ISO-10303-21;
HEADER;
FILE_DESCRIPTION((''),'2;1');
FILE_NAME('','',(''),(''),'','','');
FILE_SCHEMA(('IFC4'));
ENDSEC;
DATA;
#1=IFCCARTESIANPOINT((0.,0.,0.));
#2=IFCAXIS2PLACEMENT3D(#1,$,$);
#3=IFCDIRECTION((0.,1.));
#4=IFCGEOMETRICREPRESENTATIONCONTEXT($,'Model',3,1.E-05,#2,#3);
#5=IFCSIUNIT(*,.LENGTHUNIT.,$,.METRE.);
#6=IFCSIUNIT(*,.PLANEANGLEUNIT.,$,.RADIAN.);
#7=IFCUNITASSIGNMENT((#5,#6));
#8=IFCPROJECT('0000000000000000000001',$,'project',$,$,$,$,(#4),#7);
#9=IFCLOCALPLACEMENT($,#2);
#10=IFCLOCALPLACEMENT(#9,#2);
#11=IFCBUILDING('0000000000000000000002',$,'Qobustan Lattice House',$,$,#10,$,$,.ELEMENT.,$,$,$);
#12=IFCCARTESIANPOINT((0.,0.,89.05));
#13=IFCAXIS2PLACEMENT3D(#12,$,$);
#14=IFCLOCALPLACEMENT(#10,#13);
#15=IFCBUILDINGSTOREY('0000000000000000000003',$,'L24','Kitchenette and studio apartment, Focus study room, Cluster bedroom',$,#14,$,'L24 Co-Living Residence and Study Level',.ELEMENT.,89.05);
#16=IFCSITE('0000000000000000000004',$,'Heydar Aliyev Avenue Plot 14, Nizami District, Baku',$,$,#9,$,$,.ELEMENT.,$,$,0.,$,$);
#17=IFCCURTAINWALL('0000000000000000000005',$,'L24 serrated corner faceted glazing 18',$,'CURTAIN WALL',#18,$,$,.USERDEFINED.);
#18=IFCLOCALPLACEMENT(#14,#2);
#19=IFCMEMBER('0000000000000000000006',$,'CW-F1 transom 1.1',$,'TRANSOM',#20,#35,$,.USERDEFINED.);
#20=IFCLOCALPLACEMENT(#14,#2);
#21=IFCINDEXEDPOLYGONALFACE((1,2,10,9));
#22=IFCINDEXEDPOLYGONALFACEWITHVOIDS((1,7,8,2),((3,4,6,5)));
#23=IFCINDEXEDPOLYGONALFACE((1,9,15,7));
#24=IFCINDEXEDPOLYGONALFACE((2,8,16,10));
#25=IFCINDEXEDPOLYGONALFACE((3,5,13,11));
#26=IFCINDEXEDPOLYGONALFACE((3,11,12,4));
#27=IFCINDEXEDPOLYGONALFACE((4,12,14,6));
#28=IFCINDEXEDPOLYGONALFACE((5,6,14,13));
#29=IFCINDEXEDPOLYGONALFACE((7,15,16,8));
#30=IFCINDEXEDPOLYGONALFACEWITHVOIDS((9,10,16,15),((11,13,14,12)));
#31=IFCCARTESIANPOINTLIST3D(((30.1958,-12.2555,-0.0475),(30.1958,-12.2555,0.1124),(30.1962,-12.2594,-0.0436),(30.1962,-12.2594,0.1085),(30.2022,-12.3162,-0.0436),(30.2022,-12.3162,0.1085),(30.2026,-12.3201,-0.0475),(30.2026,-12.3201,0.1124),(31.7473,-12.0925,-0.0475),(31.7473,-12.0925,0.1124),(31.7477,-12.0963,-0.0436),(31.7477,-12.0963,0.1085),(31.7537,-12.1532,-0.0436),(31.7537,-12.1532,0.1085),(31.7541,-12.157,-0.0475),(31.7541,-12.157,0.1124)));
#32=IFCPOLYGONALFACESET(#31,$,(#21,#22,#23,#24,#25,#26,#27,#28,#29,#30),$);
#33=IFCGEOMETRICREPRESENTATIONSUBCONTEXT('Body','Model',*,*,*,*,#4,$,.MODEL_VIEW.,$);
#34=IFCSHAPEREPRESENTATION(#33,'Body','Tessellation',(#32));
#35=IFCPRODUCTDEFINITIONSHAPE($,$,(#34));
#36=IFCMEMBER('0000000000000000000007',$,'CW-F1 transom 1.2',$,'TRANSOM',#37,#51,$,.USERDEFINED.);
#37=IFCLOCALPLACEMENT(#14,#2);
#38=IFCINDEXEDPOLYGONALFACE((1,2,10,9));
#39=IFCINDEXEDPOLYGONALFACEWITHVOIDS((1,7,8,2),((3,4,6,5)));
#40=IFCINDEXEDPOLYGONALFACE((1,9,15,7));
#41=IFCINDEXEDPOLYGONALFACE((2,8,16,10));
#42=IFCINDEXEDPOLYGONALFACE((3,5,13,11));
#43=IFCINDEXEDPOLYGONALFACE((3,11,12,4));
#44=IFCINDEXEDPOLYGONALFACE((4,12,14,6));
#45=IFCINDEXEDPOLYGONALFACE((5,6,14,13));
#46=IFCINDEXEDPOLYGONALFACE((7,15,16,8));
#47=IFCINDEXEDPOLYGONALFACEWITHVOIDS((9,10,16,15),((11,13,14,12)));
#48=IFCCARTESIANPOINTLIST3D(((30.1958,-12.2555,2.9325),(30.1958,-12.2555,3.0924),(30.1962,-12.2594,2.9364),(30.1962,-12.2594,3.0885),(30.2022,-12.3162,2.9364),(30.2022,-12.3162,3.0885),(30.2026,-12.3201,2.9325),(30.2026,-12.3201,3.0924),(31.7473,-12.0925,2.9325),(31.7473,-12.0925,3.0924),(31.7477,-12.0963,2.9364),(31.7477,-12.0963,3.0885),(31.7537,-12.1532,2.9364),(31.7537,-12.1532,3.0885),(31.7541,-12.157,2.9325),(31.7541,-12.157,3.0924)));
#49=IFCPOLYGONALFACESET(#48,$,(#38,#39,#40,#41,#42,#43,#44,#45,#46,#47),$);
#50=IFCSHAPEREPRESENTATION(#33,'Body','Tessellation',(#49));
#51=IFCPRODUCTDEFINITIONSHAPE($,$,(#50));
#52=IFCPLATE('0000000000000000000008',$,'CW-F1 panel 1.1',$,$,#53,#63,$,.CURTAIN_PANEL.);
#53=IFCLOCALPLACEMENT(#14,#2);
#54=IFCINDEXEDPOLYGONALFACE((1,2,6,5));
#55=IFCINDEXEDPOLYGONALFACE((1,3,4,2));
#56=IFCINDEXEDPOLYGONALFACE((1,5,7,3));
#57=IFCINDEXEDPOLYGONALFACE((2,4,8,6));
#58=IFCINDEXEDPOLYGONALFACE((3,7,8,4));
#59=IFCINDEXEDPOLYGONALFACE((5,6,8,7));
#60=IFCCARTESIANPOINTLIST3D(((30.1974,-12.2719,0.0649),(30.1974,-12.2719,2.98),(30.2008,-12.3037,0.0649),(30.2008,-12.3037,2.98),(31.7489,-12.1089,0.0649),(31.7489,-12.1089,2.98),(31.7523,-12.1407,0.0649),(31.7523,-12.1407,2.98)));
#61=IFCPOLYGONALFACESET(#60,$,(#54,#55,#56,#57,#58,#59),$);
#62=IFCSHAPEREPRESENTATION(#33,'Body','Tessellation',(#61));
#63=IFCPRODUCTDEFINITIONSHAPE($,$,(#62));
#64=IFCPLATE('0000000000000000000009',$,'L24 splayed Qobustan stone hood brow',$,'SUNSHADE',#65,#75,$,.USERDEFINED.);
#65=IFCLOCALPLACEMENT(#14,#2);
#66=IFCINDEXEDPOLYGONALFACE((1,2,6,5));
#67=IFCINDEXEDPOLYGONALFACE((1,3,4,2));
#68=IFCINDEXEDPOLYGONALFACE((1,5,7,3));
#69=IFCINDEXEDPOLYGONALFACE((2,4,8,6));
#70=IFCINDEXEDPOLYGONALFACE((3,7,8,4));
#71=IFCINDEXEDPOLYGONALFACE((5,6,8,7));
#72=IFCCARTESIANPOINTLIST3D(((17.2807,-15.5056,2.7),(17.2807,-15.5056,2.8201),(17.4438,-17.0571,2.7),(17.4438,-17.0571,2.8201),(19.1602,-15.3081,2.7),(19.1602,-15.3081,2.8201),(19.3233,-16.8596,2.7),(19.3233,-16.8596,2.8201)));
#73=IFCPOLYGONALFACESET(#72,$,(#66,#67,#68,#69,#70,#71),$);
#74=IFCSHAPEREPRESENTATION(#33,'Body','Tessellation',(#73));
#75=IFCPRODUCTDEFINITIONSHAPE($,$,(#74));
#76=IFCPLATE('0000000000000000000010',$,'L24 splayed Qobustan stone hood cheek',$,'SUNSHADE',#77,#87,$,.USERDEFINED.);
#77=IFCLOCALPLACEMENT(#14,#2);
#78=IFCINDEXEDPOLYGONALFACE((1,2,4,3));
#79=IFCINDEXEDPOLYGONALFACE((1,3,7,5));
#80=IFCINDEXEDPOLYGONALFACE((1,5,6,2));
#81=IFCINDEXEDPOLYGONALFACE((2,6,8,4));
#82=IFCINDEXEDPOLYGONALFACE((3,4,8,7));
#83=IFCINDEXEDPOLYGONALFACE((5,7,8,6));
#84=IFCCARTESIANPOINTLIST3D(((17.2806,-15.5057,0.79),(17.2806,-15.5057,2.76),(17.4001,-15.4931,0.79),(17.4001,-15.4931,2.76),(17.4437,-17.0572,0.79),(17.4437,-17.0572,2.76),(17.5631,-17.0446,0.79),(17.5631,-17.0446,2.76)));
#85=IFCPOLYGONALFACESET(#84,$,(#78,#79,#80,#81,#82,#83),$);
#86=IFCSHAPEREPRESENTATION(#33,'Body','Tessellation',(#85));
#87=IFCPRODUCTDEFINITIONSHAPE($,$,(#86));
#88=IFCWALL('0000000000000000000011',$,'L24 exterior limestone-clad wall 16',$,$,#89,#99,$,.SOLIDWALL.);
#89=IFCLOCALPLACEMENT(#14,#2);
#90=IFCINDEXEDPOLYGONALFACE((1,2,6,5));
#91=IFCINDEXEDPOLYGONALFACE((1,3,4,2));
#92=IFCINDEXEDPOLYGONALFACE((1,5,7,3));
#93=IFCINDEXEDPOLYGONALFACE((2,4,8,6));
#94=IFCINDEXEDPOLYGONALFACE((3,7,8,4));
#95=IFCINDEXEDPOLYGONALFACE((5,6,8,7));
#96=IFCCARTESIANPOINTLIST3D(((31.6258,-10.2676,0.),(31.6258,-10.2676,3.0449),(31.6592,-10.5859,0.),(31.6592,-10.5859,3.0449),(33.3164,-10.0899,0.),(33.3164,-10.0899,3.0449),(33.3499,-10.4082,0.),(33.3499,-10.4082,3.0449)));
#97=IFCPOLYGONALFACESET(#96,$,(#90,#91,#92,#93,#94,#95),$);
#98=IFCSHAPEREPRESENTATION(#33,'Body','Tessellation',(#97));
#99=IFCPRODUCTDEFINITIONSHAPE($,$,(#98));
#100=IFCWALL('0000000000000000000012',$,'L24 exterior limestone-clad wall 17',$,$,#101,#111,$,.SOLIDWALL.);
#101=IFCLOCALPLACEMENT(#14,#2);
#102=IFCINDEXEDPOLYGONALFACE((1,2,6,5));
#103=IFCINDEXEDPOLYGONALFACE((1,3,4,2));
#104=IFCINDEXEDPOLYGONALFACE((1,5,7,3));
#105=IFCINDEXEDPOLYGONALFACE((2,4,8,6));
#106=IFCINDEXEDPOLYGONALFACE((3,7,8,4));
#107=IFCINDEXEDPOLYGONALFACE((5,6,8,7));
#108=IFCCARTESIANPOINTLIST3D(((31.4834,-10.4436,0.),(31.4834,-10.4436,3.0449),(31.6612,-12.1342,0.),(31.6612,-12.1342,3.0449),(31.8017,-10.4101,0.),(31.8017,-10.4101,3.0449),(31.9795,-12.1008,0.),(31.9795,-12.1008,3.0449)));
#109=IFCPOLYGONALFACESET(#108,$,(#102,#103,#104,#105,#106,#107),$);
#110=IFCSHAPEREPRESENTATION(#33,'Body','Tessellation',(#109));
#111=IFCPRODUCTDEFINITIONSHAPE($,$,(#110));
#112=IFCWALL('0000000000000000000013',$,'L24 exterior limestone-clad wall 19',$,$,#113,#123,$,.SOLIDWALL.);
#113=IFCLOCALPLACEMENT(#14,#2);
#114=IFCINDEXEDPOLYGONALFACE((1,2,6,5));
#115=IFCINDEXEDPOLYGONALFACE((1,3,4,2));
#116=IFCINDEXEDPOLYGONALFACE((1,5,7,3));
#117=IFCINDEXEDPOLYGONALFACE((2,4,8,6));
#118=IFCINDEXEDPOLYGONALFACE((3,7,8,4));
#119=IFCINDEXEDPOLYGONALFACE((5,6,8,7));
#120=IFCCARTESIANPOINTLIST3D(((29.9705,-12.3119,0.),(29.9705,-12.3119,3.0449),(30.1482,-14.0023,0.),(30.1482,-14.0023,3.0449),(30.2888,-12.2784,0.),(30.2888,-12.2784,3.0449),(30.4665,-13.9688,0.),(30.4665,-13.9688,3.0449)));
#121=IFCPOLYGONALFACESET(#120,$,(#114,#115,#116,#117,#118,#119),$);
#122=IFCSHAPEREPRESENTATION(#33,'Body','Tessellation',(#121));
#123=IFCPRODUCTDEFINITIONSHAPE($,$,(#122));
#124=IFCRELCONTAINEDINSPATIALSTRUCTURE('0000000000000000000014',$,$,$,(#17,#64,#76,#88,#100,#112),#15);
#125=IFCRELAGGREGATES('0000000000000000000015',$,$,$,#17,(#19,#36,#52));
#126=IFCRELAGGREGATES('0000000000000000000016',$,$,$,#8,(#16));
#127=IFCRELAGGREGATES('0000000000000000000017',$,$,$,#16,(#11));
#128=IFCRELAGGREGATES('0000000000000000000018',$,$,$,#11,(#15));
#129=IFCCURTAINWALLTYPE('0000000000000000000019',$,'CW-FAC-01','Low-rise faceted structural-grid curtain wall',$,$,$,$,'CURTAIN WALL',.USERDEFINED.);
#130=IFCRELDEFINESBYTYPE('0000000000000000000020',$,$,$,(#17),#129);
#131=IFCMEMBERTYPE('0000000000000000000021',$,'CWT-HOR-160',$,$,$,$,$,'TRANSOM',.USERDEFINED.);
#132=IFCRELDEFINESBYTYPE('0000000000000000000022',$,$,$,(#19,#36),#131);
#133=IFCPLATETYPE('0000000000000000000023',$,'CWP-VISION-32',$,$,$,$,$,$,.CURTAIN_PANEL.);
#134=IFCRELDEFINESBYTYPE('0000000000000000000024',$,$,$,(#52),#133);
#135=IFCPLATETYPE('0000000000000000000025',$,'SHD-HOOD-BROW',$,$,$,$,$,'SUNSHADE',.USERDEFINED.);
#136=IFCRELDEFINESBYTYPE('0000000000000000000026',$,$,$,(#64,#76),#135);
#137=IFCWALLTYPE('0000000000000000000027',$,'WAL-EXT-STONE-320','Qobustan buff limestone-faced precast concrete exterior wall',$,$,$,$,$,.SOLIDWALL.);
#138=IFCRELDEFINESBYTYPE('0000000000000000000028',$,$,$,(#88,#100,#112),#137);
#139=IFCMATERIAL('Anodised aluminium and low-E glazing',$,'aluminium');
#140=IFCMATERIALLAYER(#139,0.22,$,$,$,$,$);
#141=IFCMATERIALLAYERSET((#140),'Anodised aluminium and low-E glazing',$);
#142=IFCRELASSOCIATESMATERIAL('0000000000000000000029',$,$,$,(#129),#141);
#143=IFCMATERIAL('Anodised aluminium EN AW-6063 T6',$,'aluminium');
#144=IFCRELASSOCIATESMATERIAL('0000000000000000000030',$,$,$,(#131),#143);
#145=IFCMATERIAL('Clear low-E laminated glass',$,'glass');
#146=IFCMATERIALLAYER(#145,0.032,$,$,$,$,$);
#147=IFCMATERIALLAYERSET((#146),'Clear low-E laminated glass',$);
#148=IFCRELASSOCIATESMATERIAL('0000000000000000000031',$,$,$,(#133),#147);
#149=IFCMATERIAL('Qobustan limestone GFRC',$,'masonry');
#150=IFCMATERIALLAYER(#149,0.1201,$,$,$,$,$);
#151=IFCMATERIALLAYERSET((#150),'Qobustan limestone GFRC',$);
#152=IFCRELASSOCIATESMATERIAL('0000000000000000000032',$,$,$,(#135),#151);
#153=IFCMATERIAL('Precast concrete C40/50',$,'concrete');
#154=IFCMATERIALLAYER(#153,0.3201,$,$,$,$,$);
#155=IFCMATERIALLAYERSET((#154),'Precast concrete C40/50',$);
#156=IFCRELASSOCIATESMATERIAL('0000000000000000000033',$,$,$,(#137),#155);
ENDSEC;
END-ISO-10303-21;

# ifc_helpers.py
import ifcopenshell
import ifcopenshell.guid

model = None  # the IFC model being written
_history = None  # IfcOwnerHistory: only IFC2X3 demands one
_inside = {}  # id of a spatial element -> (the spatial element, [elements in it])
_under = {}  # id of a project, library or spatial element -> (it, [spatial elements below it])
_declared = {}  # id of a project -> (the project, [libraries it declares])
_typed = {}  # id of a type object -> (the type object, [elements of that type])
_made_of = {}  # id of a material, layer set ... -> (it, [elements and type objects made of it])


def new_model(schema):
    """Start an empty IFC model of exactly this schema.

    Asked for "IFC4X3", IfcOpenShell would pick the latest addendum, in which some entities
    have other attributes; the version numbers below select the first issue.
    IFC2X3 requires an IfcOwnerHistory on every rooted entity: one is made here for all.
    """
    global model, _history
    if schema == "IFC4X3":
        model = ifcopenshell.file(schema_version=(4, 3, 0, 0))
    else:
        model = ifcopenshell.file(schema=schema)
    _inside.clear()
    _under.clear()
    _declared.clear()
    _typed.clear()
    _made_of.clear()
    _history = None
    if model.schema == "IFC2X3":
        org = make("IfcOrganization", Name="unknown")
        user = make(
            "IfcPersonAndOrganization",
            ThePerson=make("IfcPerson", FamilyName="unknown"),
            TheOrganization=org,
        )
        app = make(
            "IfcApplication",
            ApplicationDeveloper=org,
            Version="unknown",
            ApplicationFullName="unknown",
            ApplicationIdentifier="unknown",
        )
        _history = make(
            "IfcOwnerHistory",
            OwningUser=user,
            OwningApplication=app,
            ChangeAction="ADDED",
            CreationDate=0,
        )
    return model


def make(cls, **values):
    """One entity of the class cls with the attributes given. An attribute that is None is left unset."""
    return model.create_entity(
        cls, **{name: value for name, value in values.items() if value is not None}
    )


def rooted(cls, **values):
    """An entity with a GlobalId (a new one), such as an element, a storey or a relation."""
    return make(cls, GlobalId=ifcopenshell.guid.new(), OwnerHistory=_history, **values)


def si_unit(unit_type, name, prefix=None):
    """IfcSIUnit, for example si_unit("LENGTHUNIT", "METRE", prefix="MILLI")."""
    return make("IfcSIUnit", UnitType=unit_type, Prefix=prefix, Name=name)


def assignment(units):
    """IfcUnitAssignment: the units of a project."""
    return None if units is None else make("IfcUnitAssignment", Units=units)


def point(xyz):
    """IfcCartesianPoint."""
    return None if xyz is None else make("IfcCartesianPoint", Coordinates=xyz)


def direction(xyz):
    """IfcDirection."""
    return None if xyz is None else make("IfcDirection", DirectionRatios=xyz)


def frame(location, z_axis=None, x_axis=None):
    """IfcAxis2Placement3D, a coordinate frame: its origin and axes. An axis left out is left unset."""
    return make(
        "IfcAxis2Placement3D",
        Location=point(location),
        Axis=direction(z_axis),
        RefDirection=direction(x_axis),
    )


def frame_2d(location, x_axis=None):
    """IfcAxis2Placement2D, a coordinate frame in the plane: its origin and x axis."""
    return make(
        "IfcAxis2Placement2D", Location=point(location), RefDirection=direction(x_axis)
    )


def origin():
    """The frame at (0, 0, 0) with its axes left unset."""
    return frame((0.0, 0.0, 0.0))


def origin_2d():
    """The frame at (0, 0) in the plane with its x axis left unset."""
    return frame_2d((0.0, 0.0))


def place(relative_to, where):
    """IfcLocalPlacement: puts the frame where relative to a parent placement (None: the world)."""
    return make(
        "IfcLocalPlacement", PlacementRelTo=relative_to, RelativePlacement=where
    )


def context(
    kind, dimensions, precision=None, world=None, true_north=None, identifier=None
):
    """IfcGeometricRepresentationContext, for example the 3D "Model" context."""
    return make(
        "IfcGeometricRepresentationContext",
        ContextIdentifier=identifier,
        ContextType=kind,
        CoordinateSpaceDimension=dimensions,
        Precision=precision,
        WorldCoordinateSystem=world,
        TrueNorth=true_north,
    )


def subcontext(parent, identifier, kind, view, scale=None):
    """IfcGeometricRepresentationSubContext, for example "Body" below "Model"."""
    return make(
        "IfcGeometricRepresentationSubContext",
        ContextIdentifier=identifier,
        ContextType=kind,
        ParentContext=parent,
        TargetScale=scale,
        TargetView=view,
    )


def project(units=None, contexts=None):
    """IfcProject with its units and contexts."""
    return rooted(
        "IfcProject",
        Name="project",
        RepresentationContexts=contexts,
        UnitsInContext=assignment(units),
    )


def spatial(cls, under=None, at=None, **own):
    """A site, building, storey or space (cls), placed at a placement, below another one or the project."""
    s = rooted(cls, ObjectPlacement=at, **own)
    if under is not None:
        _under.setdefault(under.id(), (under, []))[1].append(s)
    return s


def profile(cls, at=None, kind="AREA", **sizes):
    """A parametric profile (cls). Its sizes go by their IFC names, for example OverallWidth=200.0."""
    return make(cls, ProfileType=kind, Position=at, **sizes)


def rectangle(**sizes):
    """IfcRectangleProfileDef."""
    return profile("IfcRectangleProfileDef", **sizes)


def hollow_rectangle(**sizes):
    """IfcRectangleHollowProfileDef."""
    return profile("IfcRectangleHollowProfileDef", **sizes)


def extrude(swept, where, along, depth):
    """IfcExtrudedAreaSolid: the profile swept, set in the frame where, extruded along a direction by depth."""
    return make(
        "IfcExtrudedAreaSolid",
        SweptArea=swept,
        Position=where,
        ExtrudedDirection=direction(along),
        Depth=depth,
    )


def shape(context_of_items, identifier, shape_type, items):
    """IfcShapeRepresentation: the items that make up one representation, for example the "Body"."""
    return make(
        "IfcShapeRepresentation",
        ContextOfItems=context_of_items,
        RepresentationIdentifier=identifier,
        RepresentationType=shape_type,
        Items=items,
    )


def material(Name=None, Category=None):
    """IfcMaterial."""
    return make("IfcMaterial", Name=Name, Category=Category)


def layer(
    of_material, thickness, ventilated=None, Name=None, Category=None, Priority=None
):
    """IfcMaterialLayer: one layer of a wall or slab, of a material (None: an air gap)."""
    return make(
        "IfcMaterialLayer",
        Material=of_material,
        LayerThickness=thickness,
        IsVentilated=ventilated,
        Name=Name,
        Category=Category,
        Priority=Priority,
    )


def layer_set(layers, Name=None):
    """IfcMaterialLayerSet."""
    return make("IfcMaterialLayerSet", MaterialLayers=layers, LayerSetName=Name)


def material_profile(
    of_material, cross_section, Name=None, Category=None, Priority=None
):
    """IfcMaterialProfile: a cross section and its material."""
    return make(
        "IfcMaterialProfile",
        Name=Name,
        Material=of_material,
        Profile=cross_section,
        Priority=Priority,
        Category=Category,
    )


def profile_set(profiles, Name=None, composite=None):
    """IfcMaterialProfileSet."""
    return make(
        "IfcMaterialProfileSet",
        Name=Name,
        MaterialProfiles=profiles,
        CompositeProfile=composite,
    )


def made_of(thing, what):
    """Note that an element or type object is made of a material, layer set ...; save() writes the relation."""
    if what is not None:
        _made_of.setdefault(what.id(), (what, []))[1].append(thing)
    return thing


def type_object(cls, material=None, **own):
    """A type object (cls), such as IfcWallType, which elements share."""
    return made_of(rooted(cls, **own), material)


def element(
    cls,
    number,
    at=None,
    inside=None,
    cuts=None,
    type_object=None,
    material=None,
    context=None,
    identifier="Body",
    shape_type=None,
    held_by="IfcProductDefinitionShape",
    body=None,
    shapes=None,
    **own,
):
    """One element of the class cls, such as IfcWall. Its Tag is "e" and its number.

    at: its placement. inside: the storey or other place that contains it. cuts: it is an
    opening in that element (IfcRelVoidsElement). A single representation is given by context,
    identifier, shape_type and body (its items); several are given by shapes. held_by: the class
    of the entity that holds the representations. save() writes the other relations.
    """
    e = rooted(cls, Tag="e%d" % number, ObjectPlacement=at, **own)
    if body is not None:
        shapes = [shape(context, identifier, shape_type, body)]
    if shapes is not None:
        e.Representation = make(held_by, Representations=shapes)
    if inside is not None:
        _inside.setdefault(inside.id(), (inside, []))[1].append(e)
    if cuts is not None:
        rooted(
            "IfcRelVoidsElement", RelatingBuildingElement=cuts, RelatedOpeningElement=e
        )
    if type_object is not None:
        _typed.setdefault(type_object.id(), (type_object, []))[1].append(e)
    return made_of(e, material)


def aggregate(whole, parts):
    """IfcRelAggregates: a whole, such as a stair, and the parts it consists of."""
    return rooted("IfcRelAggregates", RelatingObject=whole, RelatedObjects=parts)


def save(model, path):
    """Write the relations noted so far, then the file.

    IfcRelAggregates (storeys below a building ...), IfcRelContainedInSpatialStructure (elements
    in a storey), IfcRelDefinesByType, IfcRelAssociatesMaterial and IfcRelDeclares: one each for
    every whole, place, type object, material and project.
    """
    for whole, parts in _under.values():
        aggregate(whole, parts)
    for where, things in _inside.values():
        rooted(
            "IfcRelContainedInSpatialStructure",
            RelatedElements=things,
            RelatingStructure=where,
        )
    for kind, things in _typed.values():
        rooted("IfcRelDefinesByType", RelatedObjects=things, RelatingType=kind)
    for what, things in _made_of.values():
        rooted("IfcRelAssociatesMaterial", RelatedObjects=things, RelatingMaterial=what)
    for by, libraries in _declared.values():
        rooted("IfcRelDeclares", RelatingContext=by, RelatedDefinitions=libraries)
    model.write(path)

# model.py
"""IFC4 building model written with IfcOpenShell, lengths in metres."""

from ifc_helpers import new_model, si_unit, direction, frame, frame_2d, origin, origin_2d, place, context, subcontext, project, spatial, rectangle, hollow_rectangle, extrude, material, layer, layer_set, material_profile, profile_set, type_object, element, aggregate, save


model = new_model("IFC4")

# Units and contexts
model_context = context("Model", 3, precision=1e-05, world=origin(), true_north=direction((0.0, 1.0)))
body_context = subcontext(model_context, "Body", "Model", "MODEL_VIEW")
ifc_project = project(units=[si_unit("LENGTHUNIT", "METRE"), si_unit("PLANEANGLEUNIT", "RADIAN")], contexts=[model_context])

# Site, building, storey
site_placement = place(None, origin())
site = spatial("IfcSite", under=ifc_project, at=site_placement, Name="Heydar Aliyev Avenue Plot 14, Nizami District, Baku", CompositionType="ELEMENT", RefElevation=0.0)
building_placement = place(site_placement, origin())
building = spatial("IfcBuilding", under=site, at=building_placement, Name="Qobustan Lattice House", CompositionType="ELEMENT")
storey_placement = place(building_placement, frame((0.0, 0.0, 89.05)))
storey = spatial("IfcBuildingStorey", under=building, at=storey_placement, Name="L24", Description="Kitchenette and studio apartment, Focus study room, Cluster bedroom", LongName="L24 Co-Living Residence and Study Level", CompositionType="ELEMENT", Elevation=89.05)

# Curtain wall, members, plate
ifc_material_1 = material(Name="Anodised aluminium and low-E glazing", Category="aluminium")
ifc_layer_1 = layer(ifc_material_1, 0.22)
ifc_layer_set_1 = layer_set([ifc_layer_1], Name="Anodised aluminium and low-E glazing")
curtain_wall_type = type_object("IfcCurtainWallType", Name="CW-FAC-01", Description="Low-rise faceted structural-grid curtain wall", ElementType="CURTAIN WALL", PredefinedType="USERDEFINED", material=ifc_layer_set_1)
curtain_wall_placement = place(storey_placement, origin())
curtain_wall = element("IfcCurtainWall", 1, at=curtain_wall_placement, inside=storey, type_object=curtain_wall_type, Name="L24 serrated corner faceted glazing 18", ObjectType="CURTAIN WALL", PredefinedType="USERDEFINED")
ifc_material_2 = material(Name="Anodised aluminium EN AW-6063 T6", Category="aluminium")
ifc_material_profile_1 = material_profile(ifc_material_2, hollow_rectangle(XDim=0.0649, YDim=0.1599, WallThickness=0.0039, at=origin_2d()), Name="CWT-160x65")
ifc_profile_set_1 = profile_set([ifc_material_profile_1], Name="Anodised aluminium EN AW-6063 T6")
member_type_1 = type_object("IfcMemberType", Name="CWT-HOR-160", ElementType="TRANSOM", PredefinedType="USERDEFINED", material=ifc_profile_set_1)
member_1_placement = place(storey_placement, frame((31.7507, -12.1248, 0.0325), z_axis=(-0.994521, -0.104538, 0.0), x_axis=(0.104538, -0.994521, 0.0)))
member_1 = element("IfcMember", 2, at=member_1_placement, type_object=member_type_1, Name="CW-F1 transom 1.1", ObjectType="TRANSOM", PredefinedType="USERDEFINED", context=body_context, shape_type="SweptSolid", body=[
    extrude(hollow_rectangle(XDim=0.0649, YDim=0.1599, WallThickness=0.0039, at=origin_2d()), origin(), (0.0, 0.0, 1.0), 1.5601),
])
member_2_placement = place(storey_placement, frame((31.7507, -12.1248, 3.0125), z_axis=(-0.994521, -0.104538, 0.0), x_axis=(0.104538, -0.994521, 0.0)))
member_2 = element("IfcMember", 3, at=member_2_placement, type_object=member_type_1, Name="CW-F1 transom 1.2", ObjectType="TRANSOM", PredefinedType="USERDEFINED", context=body_context, shape_type="SweptSolid", body=[
    extrude(hollow_rectangle(XDim=0.0649, YDim=0.1599, WallThickness=0.0039, at=origin_2d()), origin(), (0.0, 0.0, 1.0), 1.5601),
])
ifc_material_3 = material(Name="Clear low-E laminated glass", Category="glass")
ifc_layer_2 = layer(ifc_material_3, 0.032)
ifc_layer_set_2 = layer_set([ifc_layer_2], Name="Clear low-E laminated glass")
plate_type_1 = type_object("IfcPlateType", Name="CWP-VISION-32", PredefinedType="CURTAIN_PANEL", material=ifc_layer_set_2)
plate_1_placement = place(storey_placement, frame((30.9749, -12.2063, 0.0649), z_axis=(0.0, 0.0, 1.0), x_axis=(-0.994522, -0.104529, 0.0)))
plate_1 = element("IfcPlate", 4, at=plate_1_placement, type_object=plate_type_1, Name="CW-F1 panel 1.1", PredefinedType="CURTAIN_PANEL", context=body_context, shape_type="SweptSolid", body=[
    extrude(rectangle(XDim=1.5601, YDim=0.032, at=origin_2d()), origin(), (0.0, 0.0, 1.0), 2.915),
])
aggregate(curtain_wall, [member_1, member_2, plate_1])

# Plates
ifc_material_4 = material(Name="Qobustan limestone GFRC", Category="masonry")
ifc_layer_3 = layer(ifc_material_4, 0.1201)
ifc_layer_set_3 = layer_set([ifc_layer_3], Name="Qobustan limestone GFRC")
plate_type_2 = type_object("IfcPlateType", Name="SHD-HOOD-BROW", ElementType="SUNSHADE", PredefinedType="USERDEFINED", material=ifc_layer_set_3)
plate_2_placement = place(storey_placement, frame((18.302, -16.1826, 2.7), z_axis=(0.0, 0.0, 1.0), x_axis=(-0.994522, -0.104528, 0.0)))
element("IfcPlate", 5, at=plate_2_placement, inside=storey, type_object=plate_type_2, Name="L24 splayed Qobustan stone hood brow", ObjectType="SUNSHADE", PredefinedType="USERDEFINED", context=body_context, shape_type="SweptSolid", body=[
    extrude(rectangle(XDim=1.8899, YDim=1.5601, at=origin_2d()), origin(), (0.0, 0.0, 1.0), 0.1201),
])
plate_3_placement = place(storey_placement, frame((17.4219, -16.2751, 0.79), z_axis=(0.0, 0.0, 1.0), x_axis=(-0.994522, -0.104528, 0.0)))
element("IfcPlate", 6, at=plate_3_placement, inside=storey, type_object=plate_type_2, Name="L24 splayed Qobustan stone hood cheek", ObjectType="SUNSHADE", PredefinedType="USERDEFINED", context=body_context, shape_type="SweptSolid", body=[
    extrude(rectangle(XDim=0.1201, YDim=1.5601, at=origin_2d()), origin(), (0.0, 0.0, 1.0), 1.97),
])

# Walls
ifc_material_5 = material(Name="Precast concrete C40/50", Category="concrete")
ifc_layer_4 = layer(ifc_material_5, 0.3201)
ifc_layer_set_4 = layer_set([ifc_layer_4], Name="Precast concrete C40/50")
wall_type = type_object("IfcWallType", Name="WAL-EXT-STONE-320", Description="Qobustan buff limestone-faced precast concrete exterior wall", PredefinedType="SOLIDWALL", material=ifc_layer_set_4)
for number, where, z_axis, x_axis, name in (
    (7, (33.3333, -10.249, 0.0), (0.0, 0.0, 1.0), (-0.99452, -0.10455, 0.0), "L24 exterior limestone-clad wall 16"),
    (8, (31.6426, -10.4268, 0.0), (0.0, 0.0, 1.0), (0.10455, -0.99452, 0.0), "L24 exterior limestone-clad wall 17"),
):
    element("IfcWall", number, at=place(storey_placement, frame(where, z_axis=z_axis, x_axis=x_axis)), inside=storey, type_object=wall_type, Name=name, PredefinedType="SOLIDWALL", context=body_context, shape_type="SweptSolid", body=[
        extrude(rectangle(XDim=1.7, YDim=0.3201, at=frame_2d((0.8501, 0.0))), origin(), (0.0, 0.0, 1.0), 3.0449),
    ])
wall_1_placement = place(storey_placement, frame((30.1296, -12.2952, 0.0), z_axis=(0.0, 0.0, 1.0), x_axis=(0.104565, -0.994518, 0.0)))
element("IfcWall", 9, at=wall_1_placement, inside=storey, type_object=wall_type, Name="L24 exterior limestone-clad wall 19", PredefinedType="SOLIDWALL", context=body_context, shape_type="SweptSolid", body=[
    extrude(rectangle(XDim=1.6997, YDim=0.3201, at=frame_2d((0.8499, 0.0))), origin(), (0.0, 0.0, 1.0), 3.0449),
])

save(model, "model.ifc")
